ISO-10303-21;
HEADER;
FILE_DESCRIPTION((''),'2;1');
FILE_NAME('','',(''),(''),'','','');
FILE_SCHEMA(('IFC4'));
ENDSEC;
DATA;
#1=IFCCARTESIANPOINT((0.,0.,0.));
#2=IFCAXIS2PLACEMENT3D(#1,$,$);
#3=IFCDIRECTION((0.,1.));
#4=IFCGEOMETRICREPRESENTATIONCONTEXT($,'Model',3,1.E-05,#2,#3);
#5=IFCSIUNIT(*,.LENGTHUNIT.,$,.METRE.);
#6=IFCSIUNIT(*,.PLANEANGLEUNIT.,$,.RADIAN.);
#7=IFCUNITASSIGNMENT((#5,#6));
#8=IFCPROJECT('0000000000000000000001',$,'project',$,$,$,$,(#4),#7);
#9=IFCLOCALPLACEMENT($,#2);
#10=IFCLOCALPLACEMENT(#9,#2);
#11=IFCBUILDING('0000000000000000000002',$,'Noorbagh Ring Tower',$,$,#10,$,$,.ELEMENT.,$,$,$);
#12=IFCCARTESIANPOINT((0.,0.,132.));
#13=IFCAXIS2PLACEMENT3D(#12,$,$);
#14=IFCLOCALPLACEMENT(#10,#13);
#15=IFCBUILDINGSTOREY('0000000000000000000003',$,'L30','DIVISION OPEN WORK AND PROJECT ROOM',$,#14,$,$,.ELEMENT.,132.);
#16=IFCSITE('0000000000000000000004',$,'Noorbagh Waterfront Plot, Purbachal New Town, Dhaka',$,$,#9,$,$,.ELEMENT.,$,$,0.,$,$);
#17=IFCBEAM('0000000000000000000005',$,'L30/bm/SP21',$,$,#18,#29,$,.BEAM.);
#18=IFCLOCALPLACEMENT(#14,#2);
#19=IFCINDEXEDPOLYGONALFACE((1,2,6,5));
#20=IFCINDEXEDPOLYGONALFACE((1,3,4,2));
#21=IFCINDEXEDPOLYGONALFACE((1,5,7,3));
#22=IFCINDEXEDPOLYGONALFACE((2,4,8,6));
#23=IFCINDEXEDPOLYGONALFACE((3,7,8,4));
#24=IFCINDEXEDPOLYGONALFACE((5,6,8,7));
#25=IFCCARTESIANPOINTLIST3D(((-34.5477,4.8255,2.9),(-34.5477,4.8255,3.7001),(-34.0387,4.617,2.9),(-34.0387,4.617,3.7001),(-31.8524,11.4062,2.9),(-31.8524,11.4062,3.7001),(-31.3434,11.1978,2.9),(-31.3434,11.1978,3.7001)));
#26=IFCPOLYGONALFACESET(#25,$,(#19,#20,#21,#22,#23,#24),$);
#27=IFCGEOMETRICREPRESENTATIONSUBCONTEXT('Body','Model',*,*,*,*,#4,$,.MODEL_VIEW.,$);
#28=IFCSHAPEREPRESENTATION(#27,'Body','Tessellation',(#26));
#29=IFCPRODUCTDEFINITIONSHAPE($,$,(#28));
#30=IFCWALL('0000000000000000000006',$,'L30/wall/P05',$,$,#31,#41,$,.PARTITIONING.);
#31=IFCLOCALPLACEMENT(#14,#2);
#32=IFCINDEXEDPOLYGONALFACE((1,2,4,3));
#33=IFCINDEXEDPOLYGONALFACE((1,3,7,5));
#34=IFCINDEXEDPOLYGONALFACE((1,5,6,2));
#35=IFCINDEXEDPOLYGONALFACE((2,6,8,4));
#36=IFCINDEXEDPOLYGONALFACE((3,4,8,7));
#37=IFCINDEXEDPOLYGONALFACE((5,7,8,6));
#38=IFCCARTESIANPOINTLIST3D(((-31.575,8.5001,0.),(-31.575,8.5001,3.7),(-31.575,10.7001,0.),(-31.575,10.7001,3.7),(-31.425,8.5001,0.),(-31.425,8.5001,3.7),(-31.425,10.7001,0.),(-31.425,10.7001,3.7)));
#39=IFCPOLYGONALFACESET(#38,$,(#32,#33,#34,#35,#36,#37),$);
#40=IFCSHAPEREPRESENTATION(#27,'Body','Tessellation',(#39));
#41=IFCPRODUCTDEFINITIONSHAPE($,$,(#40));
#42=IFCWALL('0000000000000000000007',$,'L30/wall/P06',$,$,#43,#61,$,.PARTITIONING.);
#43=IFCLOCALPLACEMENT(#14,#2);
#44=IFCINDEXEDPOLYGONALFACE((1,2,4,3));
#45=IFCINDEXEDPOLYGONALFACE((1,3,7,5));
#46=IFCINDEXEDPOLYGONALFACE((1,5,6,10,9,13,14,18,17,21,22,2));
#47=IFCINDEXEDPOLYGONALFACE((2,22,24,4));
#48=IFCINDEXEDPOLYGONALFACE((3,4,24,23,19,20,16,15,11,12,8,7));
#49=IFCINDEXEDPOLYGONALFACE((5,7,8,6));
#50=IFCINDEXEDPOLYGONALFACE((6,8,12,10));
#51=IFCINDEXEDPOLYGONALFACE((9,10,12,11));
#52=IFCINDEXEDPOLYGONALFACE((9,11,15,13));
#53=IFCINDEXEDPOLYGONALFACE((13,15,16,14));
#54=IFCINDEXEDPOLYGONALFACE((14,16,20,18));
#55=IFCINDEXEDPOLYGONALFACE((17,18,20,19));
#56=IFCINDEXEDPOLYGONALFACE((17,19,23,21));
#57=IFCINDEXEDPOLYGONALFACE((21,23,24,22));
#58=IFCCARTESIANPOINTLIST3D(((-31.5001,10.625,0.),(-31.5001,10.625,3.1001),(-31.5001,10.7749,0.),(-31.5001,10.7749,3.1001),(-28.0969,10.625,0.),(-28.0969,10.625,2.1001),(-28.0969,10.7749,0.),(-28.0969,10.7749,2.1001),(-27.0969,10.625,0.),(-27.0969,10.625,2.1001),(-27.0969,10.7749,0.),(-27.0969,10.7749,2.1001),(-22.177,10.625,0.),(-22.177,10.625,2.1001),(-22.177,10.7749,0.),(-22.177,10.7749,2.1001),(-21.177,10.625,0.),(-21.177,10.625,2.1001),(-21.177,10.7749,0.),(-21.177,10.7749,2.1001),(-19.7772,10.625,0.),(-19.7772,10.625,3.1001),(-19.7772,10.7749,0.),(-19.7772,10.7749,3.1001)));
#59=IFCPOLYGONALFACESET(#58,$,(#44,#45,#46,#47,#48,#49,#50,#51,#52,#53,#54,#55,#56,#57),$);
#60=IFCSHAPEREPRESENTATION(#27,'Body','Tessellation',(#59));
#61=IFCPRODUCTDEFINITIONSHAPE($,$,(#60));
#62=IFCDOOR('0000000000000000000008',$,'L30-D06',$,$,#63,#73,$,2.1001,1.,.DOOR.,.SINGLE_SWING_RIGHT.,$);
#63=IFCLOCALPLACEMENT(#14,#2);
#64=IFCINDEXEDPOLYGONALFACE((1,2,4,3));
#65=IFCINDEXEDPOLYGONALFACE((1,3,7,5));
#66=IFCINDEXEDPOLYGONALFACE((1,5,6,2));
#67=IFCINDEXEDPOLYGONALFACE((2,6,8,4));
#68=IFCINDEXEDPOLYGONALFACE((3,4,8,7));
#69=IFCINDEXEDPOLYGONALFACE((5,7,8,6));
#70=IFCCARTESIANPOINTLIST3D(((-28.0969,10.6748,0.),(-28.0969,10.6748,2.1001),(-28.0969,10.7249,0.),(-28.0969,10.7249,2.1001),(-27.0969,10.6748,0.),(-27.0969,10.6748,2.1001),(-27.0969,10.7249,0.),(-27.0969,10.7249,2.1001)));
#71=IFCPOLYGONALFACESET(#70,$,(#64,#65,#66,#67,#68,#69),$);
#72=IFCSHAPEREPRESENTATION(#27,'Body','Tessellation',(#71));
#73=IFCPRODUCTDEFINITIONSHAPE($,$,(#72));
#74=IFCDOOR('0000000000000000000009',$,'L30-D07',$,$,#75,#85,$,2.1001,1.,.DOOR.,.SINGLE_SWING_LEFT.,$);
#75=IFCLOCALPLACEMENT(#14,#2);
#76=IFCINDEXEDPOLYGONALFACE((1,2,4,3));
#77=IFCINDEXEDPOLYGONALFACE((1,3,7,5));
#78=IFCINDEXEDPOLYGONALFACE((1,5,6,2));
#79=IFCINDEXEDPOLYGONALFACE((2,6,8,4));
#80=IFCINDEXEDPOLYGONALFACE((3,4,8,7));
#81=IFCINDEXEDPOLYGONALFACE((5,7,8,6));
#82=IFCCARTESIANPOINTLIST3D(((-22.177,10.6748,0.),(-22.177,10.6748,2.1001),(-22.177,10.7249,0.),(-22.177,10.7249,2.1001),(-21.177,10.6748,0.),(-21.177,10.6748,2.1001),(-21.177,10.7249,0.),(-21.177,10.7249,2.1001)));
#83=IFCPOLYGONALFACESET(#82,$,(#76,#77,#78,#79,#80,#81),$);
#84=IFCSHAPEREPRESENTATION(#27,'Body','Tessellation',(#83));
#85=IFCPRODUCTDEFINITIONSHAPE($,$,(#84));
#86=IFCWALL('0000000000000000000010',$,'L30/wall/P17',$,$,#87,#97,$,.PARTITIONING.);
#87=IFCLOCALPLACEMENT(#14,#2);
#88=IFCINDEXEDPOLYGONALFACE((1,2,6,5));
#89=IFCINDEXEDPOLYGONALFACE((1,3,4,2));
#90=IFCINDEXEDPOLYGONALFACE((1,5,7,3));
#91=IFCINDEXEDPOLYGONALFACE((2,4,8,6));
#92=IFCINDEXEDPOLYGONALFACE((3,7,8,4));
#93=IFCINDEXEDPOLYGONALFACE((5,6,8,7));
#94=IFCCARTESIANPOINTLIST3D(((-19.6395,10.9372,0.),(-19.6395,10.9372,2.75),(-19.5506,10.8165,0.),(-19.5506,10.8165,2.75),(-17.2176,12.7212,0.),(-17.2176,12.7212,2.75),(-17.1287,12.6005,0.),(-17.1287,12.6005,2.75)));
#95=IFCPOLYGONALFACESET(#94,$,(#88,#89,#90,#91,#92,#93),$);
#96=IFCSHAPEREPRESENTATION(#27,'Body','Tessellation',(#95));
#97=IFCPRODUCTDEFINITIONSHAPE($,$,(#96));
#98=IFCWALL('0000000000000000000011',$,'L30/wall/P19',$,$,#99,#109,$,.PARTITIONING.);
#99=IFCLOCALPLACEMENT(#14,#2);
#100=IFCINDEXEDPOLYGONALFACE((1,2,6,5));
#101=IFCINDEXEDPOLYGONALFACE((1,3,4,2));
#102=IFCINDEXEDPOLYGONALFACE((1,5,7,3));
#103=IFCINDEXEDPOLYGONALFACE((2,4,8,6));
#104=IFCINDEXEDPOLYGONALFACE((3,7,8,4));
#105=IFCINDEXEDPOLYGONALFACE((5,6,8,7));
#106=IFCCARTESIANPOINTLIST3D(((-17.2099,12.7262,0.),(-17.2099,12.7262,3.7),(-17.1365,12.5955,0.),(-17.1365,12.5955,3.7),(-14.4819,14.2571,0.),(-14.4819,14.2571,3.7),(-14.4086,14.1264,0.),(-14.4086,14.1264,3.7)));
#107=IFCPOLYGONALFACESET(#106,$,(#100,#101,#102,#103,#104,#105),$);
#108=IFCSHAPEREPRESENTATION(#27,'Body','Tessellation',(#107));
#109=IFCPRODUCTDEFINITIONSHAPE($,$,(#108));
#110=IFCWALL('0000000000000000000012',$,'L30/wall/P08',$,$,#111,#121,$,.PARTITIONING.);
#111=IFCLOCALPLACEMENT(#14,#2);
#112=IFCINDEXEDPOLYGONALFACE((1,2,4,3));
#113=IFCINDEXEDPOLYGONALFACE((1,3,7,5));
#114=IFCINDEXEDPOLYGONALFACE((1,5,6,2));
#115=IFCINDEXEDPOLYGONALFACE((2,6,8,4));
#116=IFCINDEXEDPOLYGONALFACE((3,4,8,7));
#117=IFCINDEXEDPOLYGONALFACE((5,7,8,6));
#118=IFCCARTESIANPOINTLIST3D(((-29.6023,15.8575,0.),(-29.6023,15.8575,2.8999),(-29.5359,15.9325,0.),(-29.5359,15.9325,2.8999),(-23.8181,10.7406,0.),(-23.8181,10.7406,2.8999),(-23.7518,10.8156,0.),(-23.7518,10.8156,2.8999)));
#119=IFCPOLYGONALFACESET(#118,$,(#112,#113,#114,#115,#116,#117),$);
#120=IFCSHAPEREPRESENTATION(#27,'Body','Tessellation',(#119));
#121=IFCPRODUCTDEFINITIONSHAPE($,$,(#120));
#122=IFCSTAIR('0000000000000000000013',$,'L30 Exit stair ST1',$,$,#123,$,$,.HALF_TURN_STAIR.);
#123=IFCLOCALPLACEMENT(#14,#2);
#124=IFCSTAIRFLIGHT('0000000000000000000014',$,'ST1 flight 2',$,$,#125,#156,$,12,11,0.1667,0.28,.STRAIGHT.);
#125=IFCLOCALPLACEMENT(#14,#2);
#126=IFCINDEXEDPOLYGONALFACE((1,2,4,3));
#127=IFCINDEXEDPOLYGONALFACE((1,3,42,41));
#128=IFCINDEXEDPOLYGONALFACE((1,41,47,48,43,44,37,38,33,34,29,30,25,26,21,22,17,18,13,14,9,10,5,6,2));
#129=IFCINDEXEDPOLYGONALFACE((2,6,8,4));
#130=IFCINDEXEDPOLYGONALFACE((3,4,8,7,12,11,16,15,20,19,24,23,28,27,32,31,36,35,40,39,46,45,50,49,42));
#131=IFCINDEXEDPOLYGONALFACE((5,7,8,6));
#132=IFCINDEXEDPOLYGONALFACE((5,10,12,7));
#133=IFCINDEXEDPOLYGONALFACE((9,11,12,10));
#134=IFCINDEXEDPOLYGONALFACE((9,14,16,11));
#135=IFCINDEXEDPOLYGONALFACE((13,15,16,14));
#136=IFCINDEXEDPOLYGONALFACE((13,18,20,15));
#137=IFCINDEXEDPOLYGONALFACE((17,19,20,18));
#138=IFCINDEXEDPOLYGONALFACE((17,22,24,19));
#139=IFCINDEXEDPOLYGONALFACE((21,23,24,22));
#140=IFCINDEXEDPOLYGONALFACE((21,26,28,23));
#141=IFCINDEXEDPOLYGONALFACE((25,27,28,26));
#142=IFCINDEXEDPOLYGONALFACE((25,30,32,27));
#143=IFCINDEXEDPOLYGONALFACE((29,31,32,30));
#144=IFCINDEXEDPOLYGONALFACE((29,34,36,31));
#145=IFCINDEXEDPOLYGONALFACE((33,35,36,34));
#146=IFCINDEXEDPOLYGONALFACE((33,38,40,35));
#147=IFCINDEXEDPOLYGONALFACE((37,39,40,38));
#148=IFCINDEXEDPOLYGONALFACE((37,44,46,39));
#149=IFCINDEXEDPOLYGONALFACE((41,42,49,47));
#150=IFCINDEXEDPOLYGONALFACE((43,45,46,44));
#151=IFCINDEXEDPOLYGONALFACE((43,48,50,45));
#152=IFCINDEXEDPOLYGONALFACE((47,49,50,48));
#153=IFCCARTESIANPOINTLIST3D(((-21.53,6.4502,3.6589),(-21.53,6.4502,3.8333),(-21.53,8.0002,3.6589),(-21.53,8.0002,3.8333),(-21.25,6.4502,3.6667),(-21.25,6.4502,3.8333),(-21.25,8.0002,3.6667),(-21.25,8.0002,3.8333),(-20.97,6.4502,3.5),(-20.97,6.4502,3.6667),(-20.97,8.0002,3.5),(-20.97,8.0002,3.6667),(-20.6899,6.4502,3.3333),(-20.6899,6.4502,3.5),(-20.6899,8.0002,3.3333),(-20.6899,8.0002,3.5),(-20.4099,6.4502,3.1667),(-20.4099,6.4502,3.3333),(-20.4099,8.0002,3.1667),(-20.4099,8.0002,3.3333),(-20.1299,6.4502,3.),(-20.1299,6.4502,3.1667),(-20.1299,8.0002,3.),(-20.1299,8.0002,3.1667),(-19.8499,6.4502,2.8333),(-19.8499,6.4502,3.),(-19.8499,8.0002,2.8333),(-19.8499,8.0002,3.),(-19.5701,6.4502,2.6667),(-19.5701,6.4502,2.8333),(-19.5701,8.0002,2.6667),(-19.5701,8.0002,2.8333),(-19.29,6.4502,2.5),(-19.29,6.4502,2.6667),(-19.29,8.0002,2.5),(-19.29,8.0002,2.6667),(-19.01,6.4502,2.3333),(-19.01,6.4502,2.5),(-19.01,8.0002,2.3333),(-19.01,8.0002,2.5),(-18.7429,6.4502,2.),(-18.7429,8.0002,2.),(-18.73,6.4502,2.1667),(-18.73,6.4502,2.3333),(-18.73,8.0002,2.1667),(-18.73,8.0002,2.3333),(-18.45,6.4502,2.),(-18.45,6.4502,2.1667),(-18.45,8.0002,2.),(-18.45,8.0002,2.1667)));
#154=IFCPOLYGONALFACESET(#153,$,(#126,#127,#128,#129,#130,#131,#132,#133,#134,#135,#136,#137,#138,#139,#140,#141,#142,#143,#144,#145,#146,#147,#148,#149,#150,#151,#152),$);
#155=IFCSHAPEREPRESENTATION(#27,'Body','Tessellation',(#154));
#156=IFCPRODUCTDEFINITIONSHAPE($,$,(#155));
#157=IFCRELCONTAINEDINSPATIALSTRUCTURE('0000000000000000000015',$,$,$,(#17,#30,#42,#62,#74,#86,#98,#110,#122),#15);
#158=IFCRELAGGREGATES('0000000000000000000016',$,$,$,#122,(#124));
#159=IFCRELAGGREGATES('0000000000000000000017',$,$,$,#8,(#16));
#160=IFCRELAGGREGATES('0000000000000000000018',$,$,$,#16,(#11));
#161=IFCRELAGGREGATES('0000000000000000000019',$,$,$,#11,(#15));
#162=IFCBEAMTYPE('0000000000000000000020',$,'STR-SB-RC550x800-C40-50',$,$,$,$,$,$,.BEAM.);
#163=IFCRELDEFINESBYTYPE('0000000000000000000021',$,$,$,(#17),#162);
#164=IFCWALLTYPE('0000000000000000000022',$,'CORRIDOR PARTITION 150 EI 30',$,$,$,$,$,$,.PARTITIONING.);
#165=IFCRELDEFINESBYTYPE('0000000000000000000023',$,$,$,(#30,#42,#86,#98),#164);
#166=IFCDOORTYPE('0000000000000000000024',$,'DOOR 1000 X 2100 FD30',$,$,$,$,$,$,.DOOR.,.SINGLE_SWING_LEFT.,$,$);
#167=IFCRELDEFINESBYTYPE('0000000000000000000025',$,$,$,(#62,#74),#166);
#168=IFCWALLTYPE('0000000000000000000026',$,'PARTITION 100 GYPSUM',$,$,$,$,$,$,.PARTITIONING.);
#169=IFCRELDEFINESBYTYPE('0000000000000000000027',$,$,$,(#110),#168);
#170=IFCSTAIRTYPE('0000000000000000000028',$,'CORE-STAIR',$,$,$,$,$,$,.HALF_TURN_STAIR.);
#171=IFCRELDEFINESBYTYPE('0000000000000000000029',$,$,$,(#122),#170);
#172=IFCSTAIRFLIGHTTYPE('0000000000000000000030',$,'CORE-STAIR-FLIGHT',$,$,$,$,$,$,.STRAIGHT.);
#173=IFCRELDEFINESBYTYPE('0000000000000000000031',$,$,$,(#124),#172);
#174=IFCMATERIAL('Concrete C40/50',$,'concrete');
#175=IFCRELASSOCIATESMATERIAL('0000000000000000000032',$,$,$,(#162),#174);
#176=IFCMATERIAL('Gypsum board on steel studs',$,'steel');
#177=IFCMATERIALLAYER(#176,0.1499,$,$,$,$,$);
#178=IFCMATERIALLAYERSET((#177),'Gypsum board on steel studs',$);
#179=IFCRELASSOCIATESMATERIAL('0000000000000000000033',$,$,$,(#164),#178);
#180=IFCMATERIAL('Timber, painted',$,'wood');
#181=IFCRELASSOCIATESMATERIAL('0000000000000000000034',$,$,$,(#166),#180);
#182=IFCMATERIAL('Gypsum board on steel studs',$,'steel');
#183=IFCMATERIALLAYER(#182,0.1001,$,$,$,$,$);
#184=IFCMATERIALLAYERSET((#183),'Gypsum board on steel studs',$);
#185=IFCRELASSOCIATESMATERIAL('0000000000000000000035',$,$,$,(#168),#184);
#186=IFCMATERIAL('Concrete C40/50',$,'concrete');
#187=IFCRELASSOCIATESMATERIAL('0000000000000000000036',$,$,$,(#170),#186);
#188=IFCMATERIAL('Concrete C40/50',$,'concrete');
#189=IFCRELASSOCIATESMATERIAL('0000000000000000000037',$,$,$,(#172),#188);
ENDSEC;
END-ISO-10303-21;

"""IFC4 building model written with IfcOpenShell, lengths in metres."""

from ifc_helpers import new_model, si_unit, direction, frame, frame_2d, origin, origin_2d, place, context, subcontext, project, spatial, polyline, rectangle, outline, extrude, material, layer, layer_set, material_profile, profile_set, type_object, element, fill, aggregate, save


model = new_model("IFC4")

# Units and contexts
model_context = context("Model", 3, precision=1e-05, world=origin(), true_north=direction((0.0, 1.0)))
body_context = subcontext(model_context, "Body", "Model", "MODEL_VIEW")
ifc_project = project(units=[si_unit("LENGTHUNIT", "METRE"), si_unit("PLANEANGLEUNIT", "RADIAN")], contexts=[model_context])

# Site, building, storey
site_placement = place(None, origin())
site = spatial("IfcSite", under=ifc_project, at=site_placement, Name="Noorbagh Waterfront Plot, Purbachal New Town, Dhaka", CompositionType="ELEMENT", RefElevation=0.0)
building_placement = place(site_placement, origin())
building = spatial("IfcBuilding", under=site, at=building_placement, Name="Noorbagh Ring Tower", CompositionType="ELEMENT")
storey_placement = place(building_placement, frame((0.0, 0.0, 132.0)))
storey = spatial("IfcBuildingStorey", under=building, at=storey_placement, Name="L30", Description="DIVISION OPEN WORK AND PROJECT ROOM", CompositionType="ELEMENT", Elevation=132.0)

# Beam
ifc_material_1 = material(Name="Concrete C40/50", Category="concrete")
ifc_material_profile_1 = material_profile(ifc_material_1, rectangle(XDim=0.55, YDim=0.8, at=origin_2d()), Name="RC550x800")
ifc_profile_set_1 = profile_set([ifc_material_profile_1], Name="Concrete C40/50")
beam_type_1 = type_object("IfcBeamType", Name="STR-SB-RC550x800-C40-50", PredefinedType="BEAM", material=ifc_profile_set_1)
beam_1_placement = place(storey_placement, frame((-31.5979, 11.302, 3.3), z_axis=(-0.379014, -0.925391, 0.0), x_axis=(0.925391, -0.379014, 0.0)))
element("IfcBeam", 1, at=beam_1_placement, inside=storey, type_object=beam_type_1, Name="L30/bm/SP21", PredefinedType="BEAM", context=body_context, shape_type="SweptSolid", body=[
    extrude(rectangle(XDim=0.55, YDim=0.8, at=origin_2d()), origin(), (0.0, 0.0, 1.0), 7.1113),
])

# Wall
ifc_material_2 = material(Name="Gypsum board on steel studs", Category="steel")
ifc_layer_1 = layer(ifc_material_2, 0.1499)
ifc_layer_set_1 = layer_set([ifc_layer_1], Name="Gypsum board on steel studs")
wall_type_1 = type_object("IfcWallType", Name="CORRIDOR PARTITION 150 EI 30", PredefinedType="PARTITIONING", material=ifc_layer_set_1)
wall_1_placement = place(storey_placement, frame((-31.5, 8.5, 0.0), z_axis=(0.0, 0.0, 1.0), x_axis=(0.0, 1.0, 0.0)))
element("IfcWall", 2, at=wall_1_placement, inside=storey, type_object=wall_type_1, Name="L30/wall/P05", PredefinedType="PARTITIONING", context=body_context, shape_type="SweptSolid", body=[
    extrude(rectangle(XDim=2.2, YDim=0.1499, at=frame_2d((1.1001, 0.0))), origin(), (0.0, 0.0, 1.0), 3.7),
])

# Wall, openings, doors
wall_2_placement = place(storey_placement, frame((-31.5, 10.7, 0.0), z_axis=(0.0, 0.0, 1.0), x_axis=(1.0, 0.0, 0.0)))
wall_2 = element("IfcWall", 3, at=wall_2_placement, inside=storey, type_object=wall_type_1, Name="L30/wall/P06", PredefinedType="PARTITIONING", context=body_context, shape_type="SweptSolid", body=[
    extrude(rectangle(XDim=11.7229, YDim=0.1499, at=frame_2d((5.8613, 0.0))), origin(), (0.0, 0.0, 1.0), 3.1001),
])
opening_1_placement = place(wall_2_placement, frame((3.4031, 0.0, 0.0)))
opening_1 = element("IfcOpeningElement", 4, at=opening_1_placement, cuts=wall_2, PredefinedType="OPENING", context=body_context, shape_type="SweptSolid", body=[
    extrude(rectangle(XDim=1.0, YDim=2.1001, at=frame_2d((0.5, 1.05))), frame((0.0, 0.085, 0.0), z_axis=(0.0, -1.0, 0.0), x_axis=(1.0, 0.0, 0.0)), (0.0, 0.0, 1.0), 0.1699),
])
opening_2_placement = place(wall_2_placement, frame((9.323, 0.0, 0.0)))
opening_2 = element("IfcOpeningElement", 5, at=opening_2_placement, cuts=wall_2, PredefinedType="OPENING", context=body_context, shape_type="SweptSolid", body=[
    extrude(rectangle(XDim=1.0, YDim=2.1001, at=frame_2d((0.5, 1.05))), frame((0.0, 0.085, 0.0), z_axis=(0.0, -1.0, 0.0), x_axis=(1.0, 0.0, 0.0)), (0.0, 0.0, 1.0), 0.1699),
])
ifc_material_3 = material(Name="Timber, painted", Category="wood")
door_type = type_object("IfcDoorType", Name="DOOR 1000 X 2100 FD30", OperationType="SINGLE_SWING_LEFT", PredefinedType="DOOR", material=ifc_material_3)
door_1_placement = place(opening_1_placement, origin())
door_1 = element("IfcDoor", 6, at=door_1_placement, inside=storey, type_object=door_type, Name="L30-D06", OperationType="SINGLE_SWING_RIGHT", OverallHeight=2.1001, OverallWidth=1.0, PredefinedType="DOOR", context=body_context, shape_type="SweptSolid", body=[
    extrude(rectangle(XDim=1.0, YDim=2.1001, at=frame_2d((0.5, 1.05))), frame((0.0, 0.0249, 0.0), z_axis=(0.0, -1.0, 0.0), x_axis=(1.0, 0.0, 0.0)), (0.0, 0.0, 1.0), 0.05),
])
fill(opening_1, door_1)
door_2_placement = place(opening_2_placement, origin())
door_2 = element("IfcDoor", 7, at=door_2_placement, inside=storey, type_object=door_type, Name="L30-D07", OperationType="SINGLE_SWING_LEFT", OverallHeight=2.1001, OverallWidth=1.0, PredefinedType="DOOR", context=body_context, shape_type="SweptSolid", body=[
    extrude(rectangle(XDim=1.0, YDim=2.1001, at=frame_2d((0.5, 1.05))), frame((0.0, 0.0249, 0.0), z_axis=(0.0, -1.0, 0.0), x_axis=(1.0, 0.0, 0.0)), (0.0, 0.0, 1.0), 0.05),
])
fill(opening_2, door_2)

# Walls
wall_3_placement = place(storey_placement, frame((-19.595, 10.877, 0.0), z_axis=(0.0, 0.0, 1.0), x_axis=(0.805152, 0.593069, 0.0)))
element("IfcWall", 8, at=wall_3_placement, inside=storey, type_object=wall_type_1, Name="L30/wall/P17", PredefinedType="PARTITIONING", context=body_context, shape_type="SweptSolid", body=[
    extrude(rectangle(XDim=3.0081, YDim=0.1499, at=frame_2d((1.5039, 0.0))), origin(), (0.0, 0.0, 1.0), 2.75),
])
wall_4_placement = place(storey_placement, frame((-17.1731, 12.6609, 0.0), z_axis=(0.0, 0.0, 1.0), x_axis=(0.872054, 0.489409, 0.0)))
element("IfcWall", 9, at=wall_4_placement, inside=storey, type_object=wall_type_1, Name="L30/wall/P19", PredefinedType="PARTITIONING", context=body_context, shape_type="SweptSolid", body=[
    extrude(rectangle(XDim=3.1282, YDim=0.1499, at=frame_2d((1.564, 0.0))), origin(), (0.0, 0.0, 1.0), 3.7),
])
ifc_material_4 = material(Name="Gypsum board on steel studs", Category="steel")
ifc_layer_2 = layer(ifc_material_4, 0.1001)
ifc_layer_set_2 = layer_set([ifc_layer_2], Name="Gypsum board on steel studs")
wall_type_2 = type_object("IfcWallType", Name="PARTITION 100 GYPSUM", PredefinedType="PARTITIONING", material=ifc_layer_set_2)
wall_5_placement = place(storey_placement, frame((-29.5691, 15.895, 0.0), z_axis=(0.0, 0.0, 1.0), x_axis=(0.748986, -0.662586, 0.0)))
element("IfcWall", 10, at=wall_5_placement, inside=storey, type_object=wall_type_2, Name="L30/wall/P08", PredefinedType="PARTITIONING", context=body_context, shape_type="SweptSolid", body=[
    extrude(rectangle(XDim=7.7227, YDim=0.1001, at=frame_2d((3.8613, 0.0))), origin(), (0.0, 0.0, 1.0), 2.8999),
])

# Stair, stair flight
ifc_material_5 = material(Name="Concrete C40/50", Category="concrete")
stair_type = type_object("IfcStairType", Name="CORE-STAIR", PredefinedType="HALF_TURN_STAIR", material=ifc_material_5)
stair_placement = place(storey_placement, origin())
stair = element("IfcStair", 11, at=stair_placement, inside=storey, type_object=stair_type, Name="L30 Exit stair ST1", PredefinedType="HALF_TURN_STAIR")
ifc_material_6 = material(Name="Concrete C40/50", Category="concrete")
stair_flight_type = type_object("IfcStairFlightType", Name="CORE-STAIR-FLIGHT", PredefinedType="STRAIGHT", material=ifc_material_6)
stair_flight_placement = place(storey_placement, frame((-18.45, 7.2251, 2.0), z_axis=(0.0, 0.0, 1.0), x_axis=(-1.0, 0.0, 0.0)))
stair_flight = element("IfcStairFlight", 12, at=stair_flight_placement, type_object=stair_flight_type, Name="ST1 flight 2", NumberOfRisers=12, NumberOfTreads=11, PredefinedType="STRAIGHT", RiserHeight=0.1667, TreadLength=0.28, context=body_context, shape_type="SweptSolid", body=[
    extrude(outline(polyline([(0.0, 0.0), (0.0, 0.1667), (0.28, 0.1667), (0.28, 0.3333), (0.5601, 0.3333), (0.5601, 0.5), (0.8401, 0.5), (0.8401, 0.6667), (1.1201, 0.6667), (1.1201, 0.8333), (1.3999, 0.8333), (1.3999, 1.0), (1.6799, 1.0), (1.6799, 1.1667), (1.96, 1.1667), (1.96, 1.3333), (2.24, 1.3333), (2.24, 1.5), (2.52, 1.5), (2.52, 1.6667), (2.8, 1.6667), (2.8, 1.8333), (3.0801, 1.8333), (3.0801, 2.0), (3.0801, 1.6589), (0.293, 0.0), (0.0, 0.0)])), frame((0.0, 0.7749, 0.0), z_axis=(0.0, -1.0, 0.0), x_axis=(1.0, 0.0, 0.0)), (0.0, 0.0, 1.0), 1.55),
])
aggregate(stair, [stair_flight])

save(model, "model.ifc")
